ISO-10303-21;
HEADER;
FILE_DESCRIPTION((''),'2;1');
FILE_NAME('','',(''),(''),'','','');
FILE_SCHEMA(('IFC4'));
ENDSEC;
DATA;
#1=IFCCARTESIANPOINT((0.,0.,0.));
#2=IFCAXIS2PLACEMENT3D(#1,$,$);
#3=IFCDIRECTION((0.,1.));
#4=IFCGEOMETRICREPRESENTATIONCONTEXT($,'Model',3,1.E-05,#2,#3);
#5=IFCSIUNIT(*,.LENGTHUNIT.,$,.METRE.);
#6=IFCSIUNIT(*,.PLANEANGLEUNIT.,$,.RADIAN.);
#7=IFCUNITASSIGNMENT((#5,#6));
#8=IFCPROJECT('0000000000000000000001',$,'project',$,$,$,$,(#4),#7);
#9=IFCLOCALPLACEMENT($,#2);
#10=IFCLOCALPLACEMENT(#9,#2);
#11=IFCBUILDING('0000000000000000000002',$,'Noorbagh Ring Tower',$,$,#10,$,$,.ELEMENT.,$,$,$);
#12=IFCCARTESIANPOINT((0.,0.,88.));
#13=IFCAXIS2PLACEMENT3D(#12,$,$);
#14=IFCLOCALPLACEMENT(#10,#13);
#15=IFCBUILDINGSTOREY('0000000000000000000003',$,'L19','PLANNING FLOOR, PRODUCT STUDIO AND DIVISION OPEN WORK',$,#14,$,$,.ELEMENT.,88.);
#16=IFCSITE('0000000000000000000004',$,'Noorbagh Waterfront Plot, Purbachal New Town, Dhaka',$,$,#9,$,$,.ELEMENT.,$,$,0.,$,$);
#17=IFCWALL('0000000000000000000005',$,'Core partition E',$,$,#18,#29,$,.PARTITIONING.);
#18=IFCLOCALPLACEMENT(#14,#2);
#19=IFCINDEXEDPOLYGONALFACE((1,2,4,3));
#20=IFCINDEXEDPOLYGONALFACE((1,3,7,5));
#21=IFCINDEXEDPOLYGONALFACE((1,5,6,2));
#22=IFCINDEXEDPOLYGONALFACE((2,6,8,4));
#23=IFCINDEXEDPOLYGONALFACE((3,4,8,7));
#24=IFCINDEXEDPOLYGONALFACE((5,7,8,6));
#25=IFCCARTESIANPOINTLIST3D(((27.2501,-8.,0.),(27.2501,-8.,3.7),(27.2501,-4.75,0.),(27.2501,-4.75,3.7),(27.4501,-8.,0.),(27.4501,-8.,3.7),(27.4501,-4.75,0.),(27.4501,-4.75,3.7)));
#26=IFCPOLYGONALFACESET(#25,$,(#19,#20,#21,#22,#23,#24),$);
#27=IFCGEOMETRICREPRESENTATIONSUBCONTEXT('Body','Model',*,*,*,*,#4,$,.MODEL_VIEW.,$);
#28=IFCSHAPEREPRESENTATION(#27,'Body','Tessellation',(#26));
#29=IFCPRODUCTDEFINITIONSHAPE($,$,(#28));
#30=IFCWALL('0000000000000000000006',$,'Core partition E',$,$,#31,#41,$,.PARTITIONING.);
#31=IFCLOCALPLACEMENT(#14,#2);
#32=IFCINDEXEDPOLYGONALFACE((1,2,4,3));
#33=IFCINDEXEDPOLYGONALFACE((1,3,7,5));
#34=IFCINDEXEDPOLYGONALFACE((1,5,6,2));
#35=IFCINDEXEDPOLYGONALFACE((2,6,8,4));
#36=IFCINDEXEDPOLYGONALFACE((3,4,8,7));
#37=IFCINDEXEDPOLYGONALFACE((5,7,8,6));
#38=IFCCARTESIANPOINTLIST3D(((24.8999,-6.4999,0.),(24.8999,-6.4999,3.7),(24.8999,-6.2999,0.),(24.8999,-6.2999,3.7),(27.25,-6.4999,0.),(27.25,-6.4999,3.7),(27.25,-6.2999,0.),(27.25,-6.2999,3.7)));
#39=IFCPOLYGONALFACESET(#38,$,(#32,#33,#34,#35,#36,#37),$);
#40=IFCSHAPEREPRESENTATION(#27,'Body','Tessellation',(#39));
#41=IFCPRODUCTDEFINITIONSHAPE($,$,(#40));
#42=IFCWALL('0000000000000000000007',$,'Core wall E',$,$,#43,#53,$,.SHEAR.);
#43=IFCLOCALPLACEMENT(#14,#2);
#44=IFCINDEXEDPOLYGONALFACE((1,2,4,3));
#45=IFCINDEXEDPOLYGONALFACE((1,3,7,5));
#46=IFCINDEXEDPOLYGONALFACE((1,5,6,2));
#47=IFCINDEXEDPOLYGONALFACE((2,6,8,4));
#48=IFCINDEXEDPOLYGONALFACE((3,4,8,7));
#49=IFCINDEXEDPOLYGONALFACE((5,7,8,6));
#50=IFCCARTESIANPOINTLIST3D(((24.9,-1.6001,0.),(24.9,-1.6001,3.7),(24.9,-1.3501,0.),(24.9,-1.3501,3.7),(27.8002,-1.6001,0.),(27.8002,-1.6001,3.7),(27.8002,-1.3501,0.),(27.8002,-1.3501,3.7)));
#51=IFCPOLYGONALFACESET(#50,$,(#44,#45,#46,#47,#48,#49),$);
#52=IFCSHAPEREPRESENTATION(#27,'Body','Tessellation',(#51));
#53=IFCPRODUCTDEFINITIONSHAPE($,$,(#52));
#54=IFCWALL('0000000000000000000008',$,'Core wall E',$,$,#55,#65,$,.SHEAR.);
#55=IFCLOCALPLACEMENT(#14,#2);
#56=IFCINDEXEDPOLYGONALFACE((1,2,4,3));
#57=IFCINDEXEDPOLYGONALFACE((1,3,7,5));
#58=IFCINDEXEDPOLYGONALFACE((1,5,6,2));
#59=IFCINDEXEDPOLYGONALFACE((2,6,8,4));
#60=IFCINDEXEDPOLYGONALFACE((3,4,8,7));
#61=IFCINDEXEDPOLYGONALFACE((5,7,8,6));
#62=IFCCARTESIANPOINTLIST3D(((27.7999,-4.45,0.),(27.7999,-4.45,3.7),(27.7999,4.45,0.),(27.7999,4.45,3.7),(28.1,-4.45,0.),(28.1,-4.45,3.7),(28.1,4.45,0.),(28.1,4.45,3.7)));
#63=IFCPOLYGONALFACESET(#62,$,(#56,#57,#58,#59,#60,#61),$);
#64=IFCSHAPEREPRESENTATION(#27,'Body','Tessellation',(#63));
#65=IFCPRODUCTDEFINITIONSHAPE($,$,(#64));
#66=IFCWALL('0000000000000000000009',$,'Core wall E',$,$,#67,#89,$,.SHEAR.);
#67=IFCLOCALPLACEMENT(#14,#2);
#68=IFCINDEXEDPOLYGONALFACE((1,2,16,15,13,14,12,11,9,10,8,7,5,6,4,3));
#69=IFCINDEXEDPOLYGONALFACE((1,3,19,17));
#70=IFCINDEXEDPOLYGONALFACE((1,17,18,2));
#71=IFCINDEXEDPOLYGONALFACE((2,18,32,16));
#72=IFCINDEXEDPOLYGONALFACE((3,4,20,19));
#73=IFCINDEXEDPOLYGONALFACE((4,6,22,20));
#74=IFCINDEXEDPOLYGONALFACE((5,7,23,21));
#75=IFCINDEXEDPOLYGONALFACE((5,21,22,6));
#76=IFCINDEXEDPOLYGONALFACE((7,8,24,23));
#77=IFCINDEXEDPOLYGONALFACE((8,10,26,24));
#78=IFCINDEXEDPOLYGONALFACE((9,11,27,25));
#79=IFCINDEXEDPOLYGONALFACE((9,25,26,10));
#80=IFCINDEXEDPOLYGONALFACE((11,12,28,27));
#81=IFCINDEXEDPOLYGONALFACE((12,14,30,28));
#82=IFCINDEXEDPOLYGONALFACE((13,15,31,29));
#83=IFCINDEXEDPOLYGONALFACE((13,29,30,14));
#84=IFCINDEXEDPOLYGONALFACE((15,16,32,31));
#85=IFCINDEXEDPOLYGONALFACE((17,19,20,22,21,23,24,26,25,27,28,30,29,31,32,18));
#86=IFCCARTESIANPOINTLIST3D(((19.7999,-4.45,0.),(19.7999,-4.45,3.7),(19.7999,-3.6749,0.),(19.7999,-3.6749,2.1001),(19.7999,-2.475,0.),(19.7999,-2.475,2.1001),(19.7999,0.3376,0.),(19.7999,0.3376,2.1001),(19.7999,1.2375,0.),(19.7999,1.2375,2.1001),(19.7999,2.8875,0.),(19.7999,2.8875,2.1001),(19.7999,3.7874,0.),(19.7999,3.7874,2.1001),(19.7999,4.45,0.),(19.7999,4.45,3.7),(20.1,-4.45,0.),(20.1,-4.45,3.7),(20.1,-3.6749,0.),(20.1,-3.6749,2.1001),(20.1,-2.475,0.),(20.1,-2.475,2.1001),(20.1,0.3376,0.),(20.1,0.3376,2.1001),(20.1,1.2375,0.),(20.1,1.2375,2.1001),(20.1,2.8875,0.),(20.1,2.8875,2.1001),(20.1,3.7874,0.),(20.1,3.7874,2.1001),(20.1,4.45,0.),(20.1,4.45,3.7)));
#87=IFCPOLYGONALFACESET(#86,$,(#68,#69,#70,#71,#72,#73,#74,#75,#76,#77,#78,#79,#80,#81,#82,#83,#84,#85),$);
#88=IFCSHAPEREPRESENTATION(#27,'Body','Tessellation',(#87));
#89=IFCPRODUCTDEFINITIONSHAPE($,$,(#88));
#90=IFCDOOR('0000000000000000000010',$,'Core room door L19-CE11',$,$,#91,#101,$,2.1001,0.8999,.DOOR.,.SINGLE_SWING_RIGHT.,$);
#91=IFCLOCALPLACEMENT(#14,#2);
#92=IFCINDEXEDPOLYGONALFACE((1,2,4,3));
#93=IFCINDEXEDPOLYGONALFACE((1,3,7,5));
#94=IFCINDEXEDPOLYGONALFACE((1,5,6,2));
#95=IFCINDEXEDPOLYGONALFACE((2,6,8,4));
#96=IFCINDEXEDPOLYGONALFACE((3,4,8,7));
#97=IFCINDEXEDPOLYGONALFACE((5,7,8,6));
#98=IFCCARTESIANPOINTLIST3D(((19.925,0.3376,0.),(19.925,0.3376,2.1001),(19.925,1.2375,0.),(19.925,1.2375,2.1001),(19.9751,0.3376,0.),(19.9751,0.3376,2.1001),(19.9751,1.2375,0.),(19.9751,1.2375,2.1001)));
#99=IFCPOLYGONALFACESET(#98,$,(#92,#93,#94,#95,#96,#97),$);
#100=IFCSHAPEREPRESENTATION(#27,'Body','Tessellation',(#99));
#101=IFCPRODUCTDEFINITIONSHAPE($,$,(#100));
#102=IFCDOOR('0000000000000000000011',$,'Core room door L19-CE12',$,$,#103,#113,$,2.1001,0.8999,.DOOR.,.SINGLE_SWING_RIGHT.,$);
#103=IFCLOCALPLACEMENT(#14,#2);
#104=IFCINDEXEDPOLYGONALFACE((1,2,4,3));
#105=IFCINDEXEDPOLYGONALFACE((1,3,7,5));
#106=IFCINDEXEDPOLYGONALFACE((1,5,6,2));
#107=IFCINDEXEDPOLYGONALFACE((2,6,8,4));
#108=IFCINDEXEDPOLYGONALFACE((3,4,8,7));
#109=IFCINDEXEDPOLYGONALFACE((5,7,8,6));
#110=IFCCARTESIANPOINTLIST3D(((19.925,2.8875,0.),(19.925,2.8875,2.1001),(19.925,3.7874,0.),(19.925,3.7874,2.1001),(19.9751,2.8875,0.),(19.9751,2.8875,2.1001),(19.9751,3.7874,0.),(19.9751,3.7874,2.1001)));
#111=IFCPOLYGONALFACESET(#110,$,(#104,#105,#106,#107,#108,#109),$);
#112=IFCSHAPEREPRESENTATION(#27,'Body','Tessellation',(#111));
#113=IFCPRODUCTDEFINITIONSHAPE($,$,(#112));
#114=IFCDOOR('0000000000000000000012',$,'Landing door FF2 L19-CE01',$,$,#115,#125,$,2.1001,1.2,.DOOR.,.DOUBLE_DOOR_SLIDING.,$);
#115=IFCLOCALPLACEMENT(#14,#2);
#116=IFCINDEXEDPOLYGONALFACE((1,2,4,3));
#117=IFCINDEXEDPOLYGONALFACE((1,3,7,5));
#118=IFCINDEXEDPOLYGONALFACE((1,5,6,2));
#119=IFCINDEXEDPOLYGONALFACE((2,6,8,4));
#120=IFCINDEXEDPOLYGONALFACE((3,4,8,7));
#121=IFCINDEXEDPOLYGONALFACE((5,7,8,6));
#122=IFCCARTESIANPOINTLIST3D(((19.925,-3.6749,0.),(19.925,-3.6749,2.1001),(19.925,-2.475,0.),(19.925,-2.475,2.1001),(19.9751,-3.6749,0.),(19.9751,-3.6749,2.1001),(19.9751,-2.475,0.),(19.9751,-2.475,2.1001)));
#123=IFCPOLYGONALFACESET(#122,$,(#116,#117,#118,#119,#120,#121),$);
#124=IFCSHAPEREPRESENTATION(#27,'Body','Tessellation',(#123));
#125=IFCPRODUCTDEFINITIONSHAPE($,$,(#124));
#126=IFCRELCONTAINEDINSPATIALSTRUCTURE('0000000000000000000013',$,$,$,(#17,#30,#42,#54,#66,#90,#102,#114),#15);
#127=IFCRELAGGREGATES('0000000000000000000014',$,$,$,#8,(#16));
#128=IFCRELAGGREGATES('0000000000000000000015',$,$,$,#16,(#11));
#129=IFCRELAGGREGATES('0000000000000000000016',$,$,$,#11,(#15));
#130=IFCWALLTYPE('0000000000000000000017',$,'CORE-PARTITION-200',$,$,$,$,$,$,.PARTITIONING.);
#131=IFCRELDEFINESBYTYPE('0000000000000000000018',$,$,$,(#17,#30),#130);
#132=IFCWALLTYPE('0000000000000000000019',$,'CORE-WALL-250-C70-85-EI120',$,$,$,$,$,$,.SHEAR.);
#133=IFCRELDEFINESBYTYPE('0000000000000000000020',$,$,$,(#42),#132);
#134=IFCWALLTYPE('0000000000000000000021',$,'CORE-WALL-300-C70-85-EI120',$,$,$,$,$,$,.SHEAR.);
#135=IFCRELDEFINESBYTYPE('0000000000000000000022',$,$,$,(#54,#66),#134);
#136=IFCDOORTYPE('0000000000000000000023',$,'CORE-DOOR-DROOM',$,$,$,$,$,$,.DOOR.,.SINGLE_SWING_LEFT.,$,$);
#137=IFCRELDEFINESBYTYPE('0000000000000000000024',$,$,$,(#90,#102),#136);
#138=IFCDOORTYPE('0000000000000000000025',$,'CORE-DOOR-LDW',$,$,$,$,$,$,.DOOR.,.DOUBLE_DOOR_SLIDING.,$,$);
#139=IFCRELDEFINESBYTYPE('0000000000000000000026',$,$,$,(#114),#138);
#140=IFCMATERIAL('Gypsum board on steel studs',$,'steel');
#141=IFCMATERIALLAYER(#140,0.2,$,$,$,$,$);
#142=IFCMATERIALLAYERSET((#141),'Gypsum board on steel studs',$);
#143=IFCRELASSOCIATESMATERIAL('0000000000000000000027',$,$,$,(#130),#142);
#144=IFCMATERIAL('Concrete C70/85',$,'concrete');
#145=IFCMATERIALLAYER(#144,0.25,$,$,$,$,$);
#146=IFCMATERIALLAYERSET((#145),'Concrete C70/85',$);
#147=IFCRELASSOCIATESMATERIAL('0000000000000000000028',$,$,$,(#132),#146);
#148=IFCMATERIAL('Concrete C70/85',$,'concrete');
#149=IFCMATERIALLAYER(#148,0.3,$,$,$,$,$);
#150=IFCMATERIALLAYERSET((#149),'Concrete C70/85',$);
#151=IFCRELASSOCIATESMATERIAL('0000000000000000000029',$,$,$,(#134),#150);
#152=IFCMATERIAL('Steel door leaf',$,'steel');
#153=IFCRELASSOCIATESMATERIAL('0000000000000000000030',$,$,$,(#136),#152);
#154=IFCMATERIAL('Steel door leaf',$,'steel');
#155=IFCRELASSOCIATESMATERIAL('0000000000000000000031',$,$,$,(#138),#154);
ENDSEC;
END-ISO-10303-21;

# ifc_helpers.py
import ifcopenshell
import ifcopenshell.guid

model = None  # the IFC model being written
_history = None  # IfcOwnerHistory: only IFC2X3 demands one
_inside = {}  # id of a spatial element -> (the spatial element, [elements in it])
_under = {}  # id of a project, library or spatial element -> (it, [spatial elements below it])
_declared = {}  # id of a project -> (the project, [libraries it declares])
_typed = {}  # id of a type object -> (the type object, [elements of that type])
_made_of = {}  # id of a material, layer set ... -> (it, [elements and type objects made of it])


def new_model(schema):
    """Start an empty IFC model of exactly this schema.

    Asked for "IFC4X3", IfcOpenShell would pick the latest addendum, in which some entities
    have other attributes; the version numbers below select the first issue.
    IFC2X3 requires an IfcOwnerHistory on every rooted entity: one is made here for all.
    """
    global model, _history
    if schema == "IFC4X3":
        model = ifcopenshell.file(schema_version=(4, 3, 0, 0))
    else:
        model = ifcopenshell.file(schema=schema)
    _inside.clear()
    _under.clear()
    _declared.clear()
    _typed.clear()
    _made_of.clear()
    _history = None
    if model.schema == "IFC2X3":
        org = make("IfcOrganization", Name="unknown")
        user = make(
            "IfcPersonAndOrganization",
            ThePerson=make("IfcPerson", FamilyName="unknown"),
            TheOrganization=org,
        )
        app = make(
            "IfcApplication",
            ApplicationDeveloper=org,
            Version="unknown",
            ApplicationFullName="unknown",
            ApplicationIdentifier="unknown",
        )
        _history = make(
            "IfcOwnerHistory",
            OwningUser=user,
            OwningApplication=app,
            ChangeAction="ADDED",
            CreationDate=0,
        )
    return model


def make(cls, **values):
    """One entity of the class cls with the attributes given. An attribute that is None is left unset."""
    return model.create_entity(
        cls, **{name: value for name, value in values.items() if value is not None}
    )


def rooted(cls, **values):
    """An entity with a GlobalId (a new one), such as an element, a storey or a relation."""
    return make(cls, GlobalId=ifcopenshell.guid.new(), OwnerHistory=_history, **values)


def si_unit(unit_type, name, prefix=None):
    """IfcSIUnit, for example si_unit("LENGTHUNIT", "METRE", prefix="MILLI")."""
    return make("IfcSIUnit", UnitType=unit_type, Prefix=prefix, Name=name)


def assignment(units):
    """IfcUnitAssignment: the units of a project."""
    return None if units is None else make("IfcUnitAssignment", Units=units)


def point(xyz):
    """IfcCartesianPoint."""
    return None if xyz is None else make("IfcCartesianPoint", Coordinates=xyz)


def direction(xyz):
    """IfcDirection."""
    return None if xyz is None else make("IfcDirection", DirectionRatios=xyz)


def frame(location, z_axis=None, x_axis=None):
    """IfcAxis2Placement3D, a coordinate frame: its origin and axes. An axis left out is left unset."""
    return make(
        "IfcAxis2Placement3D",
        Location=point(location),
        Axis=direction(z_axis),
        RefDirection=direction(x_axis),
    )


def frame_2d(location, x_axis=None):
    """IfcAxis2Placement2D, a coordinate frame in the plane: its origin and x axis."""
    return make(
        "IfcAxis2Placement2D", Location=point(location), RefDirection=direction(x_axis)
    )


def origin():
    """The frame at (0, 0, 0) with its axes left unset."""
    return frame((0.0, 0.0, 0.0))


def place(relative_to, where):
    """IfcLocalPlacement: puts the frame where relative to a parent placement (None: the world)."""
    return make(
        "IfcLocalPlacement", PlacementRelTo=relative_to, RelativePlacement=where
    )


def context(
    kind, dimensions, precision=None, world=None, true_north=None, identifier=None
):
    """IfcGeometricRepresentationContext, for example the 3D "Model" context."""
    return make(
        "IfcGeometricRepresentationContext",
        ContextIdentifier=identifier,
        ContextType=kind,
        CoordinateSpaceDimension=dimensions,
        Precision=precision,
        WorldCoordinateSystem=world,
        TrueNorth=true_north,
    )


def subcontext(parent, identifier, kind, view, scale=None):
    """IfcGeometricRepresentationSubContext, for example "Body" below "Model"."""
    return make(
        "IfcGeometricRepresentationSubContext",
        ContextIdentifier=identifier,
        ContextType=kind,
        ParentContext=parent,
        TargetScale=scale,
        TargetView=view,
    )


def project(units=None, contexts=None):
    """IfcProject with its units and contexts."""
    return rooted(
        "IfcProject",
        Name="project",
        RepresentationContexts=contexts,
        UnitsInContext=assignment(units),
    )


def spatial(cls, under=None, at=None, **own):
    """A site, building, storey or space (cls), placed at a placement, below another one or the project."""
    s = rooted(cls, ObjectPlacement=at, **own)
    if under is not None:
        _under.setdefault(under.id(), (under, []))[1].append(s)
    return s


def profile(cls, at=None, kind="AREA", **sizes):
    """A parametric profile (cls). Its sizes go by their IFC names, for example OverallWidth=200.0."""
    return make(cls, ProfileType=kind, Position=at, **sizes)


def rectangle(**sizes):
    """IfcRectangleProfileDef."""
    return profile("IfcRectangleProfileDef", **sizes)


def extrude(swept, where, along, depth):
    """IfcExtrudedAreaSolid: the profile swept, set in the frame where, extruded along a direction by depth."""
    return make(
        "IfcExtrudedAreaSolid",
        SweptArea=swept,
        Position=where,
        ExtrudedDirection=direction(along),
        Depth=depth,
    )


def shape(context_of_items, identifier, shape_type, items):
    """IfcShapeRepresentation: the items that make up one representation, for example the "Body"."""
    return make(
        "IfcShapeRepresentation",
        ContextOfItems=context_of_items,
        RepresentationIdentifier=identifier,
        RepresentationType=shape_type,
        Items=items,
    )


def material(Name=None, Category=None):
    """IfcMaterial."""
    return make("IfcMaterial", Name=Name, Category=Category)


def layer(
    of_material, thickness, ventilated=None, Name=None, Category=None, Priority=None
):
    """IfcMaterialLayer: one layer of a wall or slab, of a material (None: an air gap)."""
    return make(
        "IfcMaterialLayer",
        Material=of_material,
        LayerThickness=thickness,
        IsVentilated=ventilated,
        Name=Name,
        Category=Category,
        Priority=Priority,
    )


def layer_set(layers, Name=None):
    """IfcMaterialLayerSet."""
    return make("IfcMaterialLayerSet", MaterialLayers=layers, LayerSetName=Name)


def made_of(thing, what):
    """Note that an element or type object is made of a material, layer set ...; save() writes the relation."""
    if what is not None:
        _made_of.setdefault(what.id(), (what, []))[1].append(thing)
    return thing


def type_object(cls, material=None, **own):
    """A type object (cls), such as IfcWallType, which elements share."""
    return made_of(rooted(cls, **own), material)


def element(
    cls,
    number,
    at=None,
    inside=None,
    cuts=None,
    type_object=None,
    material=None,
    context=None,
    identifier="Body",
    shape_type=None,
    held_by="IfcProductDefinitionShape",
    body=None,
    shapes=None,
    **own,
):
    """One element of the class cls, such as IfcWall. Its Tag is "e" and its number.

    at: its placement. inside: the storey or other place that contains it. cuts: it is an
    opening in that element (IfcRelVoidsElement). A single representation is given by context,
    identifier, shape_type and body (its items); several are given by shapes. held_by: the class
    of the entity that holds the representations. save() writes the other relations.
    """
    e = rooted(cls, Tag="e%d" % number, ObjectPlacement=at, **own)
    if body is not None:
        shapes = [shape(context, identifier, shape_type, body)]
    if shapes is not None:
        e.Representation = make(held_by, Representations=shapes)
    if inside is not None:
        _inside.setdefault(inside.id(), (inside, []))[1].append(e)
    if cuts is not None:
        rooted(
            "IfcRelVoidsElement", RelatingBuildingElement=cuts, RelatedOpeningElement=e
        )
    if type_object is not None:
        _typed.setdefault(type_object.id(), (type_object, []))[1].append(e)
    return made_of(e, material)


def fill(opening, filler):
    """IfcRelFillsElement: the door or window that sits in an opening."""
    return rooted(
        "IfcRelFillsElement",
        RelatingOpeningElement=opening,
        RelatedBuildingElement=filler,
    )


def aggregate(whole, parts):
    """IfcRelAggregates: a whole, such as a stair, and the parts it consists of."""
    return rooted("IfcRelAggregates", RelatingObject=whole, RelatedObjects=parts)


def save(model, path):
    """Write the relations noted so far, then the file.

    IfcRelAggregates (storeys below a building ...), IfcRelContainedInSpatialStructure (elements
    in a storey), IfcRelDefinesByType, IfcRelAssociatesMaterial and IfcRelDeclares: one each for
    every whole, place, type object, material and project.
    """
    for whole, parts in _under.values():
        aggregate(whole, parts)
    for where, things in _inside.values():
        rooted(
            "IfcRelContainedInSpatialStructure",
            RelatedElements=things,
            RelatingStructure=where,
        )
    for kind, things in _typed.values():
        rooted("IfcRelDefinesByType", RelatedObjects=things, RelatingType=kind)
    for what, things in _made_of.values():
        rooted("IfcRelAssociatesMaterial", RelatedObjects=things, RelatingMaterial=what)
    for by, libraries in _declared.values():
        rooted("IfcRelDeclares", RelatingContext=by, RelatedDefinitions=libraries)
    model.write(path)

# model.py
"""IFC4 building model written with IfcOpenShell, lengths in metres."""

from ifc_helpers import new_model, si_unit, direction, frame, frame_2d, origin, place, context, subcontext, project, spatial, rectangle, extrude, material, layer, layer_set, type_object, element, fill, save


model = new_model("IFC4")

# Units and contexts
model_context = context("Model", 3, precision=1e-05, world=origin(), true_north=direction((0.0, 1.0)))
body_context = subcontext(model_context, "Body", "Model", "MODEL_VIEW")
ifc_project = project(units=[si_unit("LENGTHUNIT", "METRE"), si_unit("PLANEANGLEUNIT", "RADIAN")], contexts=[model_context])

# Site, building, storey
site_placement = place(None, origin())
site = spatial("IfcSite", under=ifc_project, at=site_placement, Name="Noorbagh Waterfront Plot, Purbachal New Town, Dhaka", CompositionType="ELEMENT", RefElevation=0.0)
building_placement = place(site_placement, origin())
building = spatial("IfcBuilding", under=site, at=building_placement, Name="Noorbagh Ring Tower", CompositionType="ELEMENT")
storey_placement = place(building_placement, frame((0.0, 0.0, 88.0)))
storey = spatial("IfcBuildingStorey", under=building, at=storey_placement, Name="L19", Description="PLANNING FLOOR, PRODUCT STUDIO AND DIVISION OPEN WORK", CompositionType="ELEMENT", Elevation=88.0)

# Walls
ifc_material_1 = material(Name="Gypsum board on steel studs", Category="steel")
ifc_layer_1 = layer(ifc_material_1, 0.2)
ifc_layer_set_1 = layer_set([ifc_layer_1], Name="Gypsum board on steel studs")
wall_type_1 = type_object("IfcWallType", Name="CORE-PARTITION-200", PredefinedType="PARTITIONING", material=ifc_layer_set_1)
wall_1_placement = place(storey_placement, frame((27.3501, -8.0, 0.0), z_axis=(0.0, 0.0, 1.0), x_axis=(0.0, 1.0, 0.0)))
element("IfcWall", 1, at=wall_1_placement, inside=storey, type_object=wall_type_1, Name="Core partition E", PredefinedType="PARTITIONING", context=body_context, shape_type="SweptSolid", body=[
    extrude(rectangle(XDim=3.25, YDim=0.2, at=frame_2d((1.625, 0.0))), origin(), (0.0, 0.0, 1.0), 3.7),
])
wall_2_placement = place(storey_placement, frame((24.8999, -6.3999, 0.0), z_axis=(0.0, 0.0, 1.0), x_axis=(1.0, 0.0, 0.0)))
element("IfcWall", 2, at=wall_2_placement, inside=storey, type_object=wall_type_1, Name="Core partition E", PredefinedType="PARTITIONING", context=body_context, shape_type="SweptSolid", body=[
    extrude(rectangle(XDim=2.3501, YDim=0.2, at=frame_2d((1.175, 0.0))), origin(), (0.0, 0.0, 1.0), 3.7),
])
ifc_material_2 = material(Name="Concrete C70/85", Category="concrete")
ifc_layer_2 = layer(ifc_material_2, 0.25)
ifc_layer_set_2 = layer_set([ifc_layer_2], Name="Concrete C70/85")
wall_type_2 = type_object("IfcWallType", Name="CORE-WALL-250-C70-85-EI120", PredefinedType="SHEAR", material=ifc_layer_set_2)
wall_3_placement = place(storey_placement, frame((24.8999, -1.4751, 0.0), z_axis=(0.0, 0.0, 1.0), x_axis=(1.0, 0.0, 0.0)))
element("IfcWall", 3, at=wall_3_placement, inside=storey, type_object=wall_type_2, Name="Core wall E", PredefinedType="SHEAR", context=body_context, shape_type="SweptSolid", body=[
    extrude(rectangle(XDim=2.9001, YDim=0.25, at=frame_2d((1.4502, 0.0))), origin(), (0.0, 0.0, 1.0), 3.7),
])
ifc_material_3 = material(Name="Concrete C70/85", Category="concrete")
ifc_layer_3 = layer(ifc_material_3, 0.3)
ifc_layer_set_3 = layer_set([ifc_layer_3], Name="Concrete C70/85")
wall_type_3 = type_object("IfcWallType", Name="CORE-WALL-300-C70-85-EI120", PredefinedType="SHEAR", material=ifc_layer_set_3)
wall_4_placement = place(storey_placement, frame((27.95, -4.45, 0.0), z_axis=(0.0, 0.0, 1.0), x_axis=(0.0, 1.0, 0.0)))
element("IfcWall", 4, at=wall_4_placement, inside=storey, type_object=wall_type_3, Name="Core wall E", PredefinedType="SHEAR", context=body_context, shape_type="SweptSolid", body=[
    extrude(rectangle(XDim=8.8999, YDim=0.3, at=frame_2d((4.45, 0.0))), origin(), (0.0, 0.0, 1.0), 3.7),
])

# Wall, openings, doors
wall_5_placement = place(storey_placement, frame((19.95, -4.45, 0.0), z_axis=(0.0, 0.0, 1.0), x_axis=(0.0, 1.0, 0.0)))
wall_5 = element("IfcWall", 5, at=wall_5_placement, inside=storey, type_object=wall_type_3, Name="Core wall E", PredefinedType="SHEAR", context=body_context, shape_type="SweptSolid", body=[
    extrude(rectangle(XDim=8.8999, YDim=0.3, at=frame_2d((4.45, 0.0))), origin(), (0.0, 0.0, 1.0), 3.7),
])
opening_1_placement = place(wall_5_placement, frame((0.7749, 0.0, 0.0)))
opening_1 = element("IfcOpeningElement", 6, at=opening_1_placement, cuts=wall_5, PredefinedType="OPENING", context=body_context, shape_type="SweptSolid", body=[
    extrude(rectangle(XDim=1.2, YDim=2.1001, at=frame_2d((0.6001, 1.05))), frame((0.0, 0.1602, 0.0), z_axis=(0.0, -1.0, 0.0), x_axis=(1.0, 0.0, 0.0)), (0.0, 0.0, 1.0), 0.3201),
])
opening_2_placement = place(wall_5_placement, frame((4.7876, 0.0, 0.0)))
opening_2 = element("IfcOpeningElement", 7, at=opening_2_placement, cuts=wall_5, PredefinedType="OPENING", context=body_context, shape_type="SweptSolid", body=[
    extrude(rectangle(XDim=0.8999, YDim=2.1001, at=frame_2d((0.45, 1.05))), frame((0.0, 0.1602, 0.0), z_axis=(0.0, -1.0, 0.0), x_axis=(1.0, 0.0, 0.0)), (0.0, 0.0, 1.0), 0.3201),
])
opening_3_placement = place(wall_5_placement, frame((7.3374, 0.0, 0.0)))
opening_3 = element("IfcOpeningElement", 8, at=opening_3_placement, cuts=wall_5, PredefinedType="OPENING", context=body_context, shape_type="SweptSolid", body=[
    extrude(rectangle(XDim=0.8999, YDim=2.1001, at=frame_2d((0.45, 1.05))), frame((0.0, 0.1602, 0.0), z_axis=(0.0, -1.0, 0.0), x_axis=(1.0, 0.0, 0.0)), (0.0, 0.0, 1.0), 0.3201),
])
ifc_material_4 = material(Name="Steel door leaf", Category="steel")
door_type_1 = type_object("IfcDoorType", Name="CORE-DOOR-DROOM", OperationType="SINGLE_SWING_LEFT", PredefinedType="DOOR", material=ifc_material_4)
door_1_placement = place(opening_2_placement, origin())
door_1 = element("IfcDoor", 9, at=door_1_placement, inside=storey, type_object=door_type_1, Name="Core room door L19-CE11", OperationType="SINGLE_SWING_RIGHT", OverallHeight=2.1001, OverallWidth=0.8999, PredefinedType="DOOR", context=body_context, shape_type="SweptSolid", body=[
    extrude(rectangle(XDim=0.8999, YDim=2.1001, at=frame_2d((0.45, 1.05))), frame((0.0, 0.0249, 0.0), z_axis=(0.0, -1.0, 0.0), x_axis=(1.0, 0.0, 0.0)), (0.0, 0.0, 1.0), 0.05),
])
fill(opening_2, door_1)
door_2_placement = place(opening_3_placement, origin())
door_2 = element("IfcDoor", 10, at=door_2_placement, inside=storey, type_object=door_type_1, Name="Core room door L19-CE12", OperationType="SINGLE_SWING_RIGHT", OverallHeight=2.1001, OverallWidth=0.8999, PredefinedType="DOOR", context=body_context, shape_type="SweptSolid", body=[
    extrude(rectangle(XDim=0.8999, YDim=2.1001, at=frame_2d((0.45, 1.05))), frame((0.0, 0.0249, 0.0), z_axis=(0.0, -1.0, 0.0), x_axis=(1.0, 0.0, 0.0)), (0.0, 0.0, 1.0), 0.05),
])
fill(opening_3, door_2)
ifc_material_5 = material(Name="Steel door leaf", Category="steel")
door_type_2 = type_object("IfcDoorType", Name="CORE-DOOR-LDW", OperationType="DOUBLE_DOOR_SLIDING", PredefinedType="DOOR", material=ifc_material_5)
door_3_placement = place(opening_1_placement, origin())
door_3 = element("IfcDoor", 11, at=door_3_placement, inside=storey, type_object=door_type_2, Name="Landing door FF2 L19-CE01", OperationType="DOUBLE_DOOR_SLIDING", OverallHeight=2.1001, OverallWidth=1.2, PredefinedType="DOOR", context=body_context, shape_type="SweptSolid", body=[
    extrude(rectangle(XDim=1.2, YDim=2.1001, at=frame_2d((0.6001, 1.05))), frame((0.0, 0.0249, 0.0), z_axis=(0.0, -1.0, 0.0), x_axis=(1.0, 0.0, 0.0)), (0.0, 0.0, 1.0), 0.05),
])
fill(opening_1, door_3)

save(model, "model.ifc")
